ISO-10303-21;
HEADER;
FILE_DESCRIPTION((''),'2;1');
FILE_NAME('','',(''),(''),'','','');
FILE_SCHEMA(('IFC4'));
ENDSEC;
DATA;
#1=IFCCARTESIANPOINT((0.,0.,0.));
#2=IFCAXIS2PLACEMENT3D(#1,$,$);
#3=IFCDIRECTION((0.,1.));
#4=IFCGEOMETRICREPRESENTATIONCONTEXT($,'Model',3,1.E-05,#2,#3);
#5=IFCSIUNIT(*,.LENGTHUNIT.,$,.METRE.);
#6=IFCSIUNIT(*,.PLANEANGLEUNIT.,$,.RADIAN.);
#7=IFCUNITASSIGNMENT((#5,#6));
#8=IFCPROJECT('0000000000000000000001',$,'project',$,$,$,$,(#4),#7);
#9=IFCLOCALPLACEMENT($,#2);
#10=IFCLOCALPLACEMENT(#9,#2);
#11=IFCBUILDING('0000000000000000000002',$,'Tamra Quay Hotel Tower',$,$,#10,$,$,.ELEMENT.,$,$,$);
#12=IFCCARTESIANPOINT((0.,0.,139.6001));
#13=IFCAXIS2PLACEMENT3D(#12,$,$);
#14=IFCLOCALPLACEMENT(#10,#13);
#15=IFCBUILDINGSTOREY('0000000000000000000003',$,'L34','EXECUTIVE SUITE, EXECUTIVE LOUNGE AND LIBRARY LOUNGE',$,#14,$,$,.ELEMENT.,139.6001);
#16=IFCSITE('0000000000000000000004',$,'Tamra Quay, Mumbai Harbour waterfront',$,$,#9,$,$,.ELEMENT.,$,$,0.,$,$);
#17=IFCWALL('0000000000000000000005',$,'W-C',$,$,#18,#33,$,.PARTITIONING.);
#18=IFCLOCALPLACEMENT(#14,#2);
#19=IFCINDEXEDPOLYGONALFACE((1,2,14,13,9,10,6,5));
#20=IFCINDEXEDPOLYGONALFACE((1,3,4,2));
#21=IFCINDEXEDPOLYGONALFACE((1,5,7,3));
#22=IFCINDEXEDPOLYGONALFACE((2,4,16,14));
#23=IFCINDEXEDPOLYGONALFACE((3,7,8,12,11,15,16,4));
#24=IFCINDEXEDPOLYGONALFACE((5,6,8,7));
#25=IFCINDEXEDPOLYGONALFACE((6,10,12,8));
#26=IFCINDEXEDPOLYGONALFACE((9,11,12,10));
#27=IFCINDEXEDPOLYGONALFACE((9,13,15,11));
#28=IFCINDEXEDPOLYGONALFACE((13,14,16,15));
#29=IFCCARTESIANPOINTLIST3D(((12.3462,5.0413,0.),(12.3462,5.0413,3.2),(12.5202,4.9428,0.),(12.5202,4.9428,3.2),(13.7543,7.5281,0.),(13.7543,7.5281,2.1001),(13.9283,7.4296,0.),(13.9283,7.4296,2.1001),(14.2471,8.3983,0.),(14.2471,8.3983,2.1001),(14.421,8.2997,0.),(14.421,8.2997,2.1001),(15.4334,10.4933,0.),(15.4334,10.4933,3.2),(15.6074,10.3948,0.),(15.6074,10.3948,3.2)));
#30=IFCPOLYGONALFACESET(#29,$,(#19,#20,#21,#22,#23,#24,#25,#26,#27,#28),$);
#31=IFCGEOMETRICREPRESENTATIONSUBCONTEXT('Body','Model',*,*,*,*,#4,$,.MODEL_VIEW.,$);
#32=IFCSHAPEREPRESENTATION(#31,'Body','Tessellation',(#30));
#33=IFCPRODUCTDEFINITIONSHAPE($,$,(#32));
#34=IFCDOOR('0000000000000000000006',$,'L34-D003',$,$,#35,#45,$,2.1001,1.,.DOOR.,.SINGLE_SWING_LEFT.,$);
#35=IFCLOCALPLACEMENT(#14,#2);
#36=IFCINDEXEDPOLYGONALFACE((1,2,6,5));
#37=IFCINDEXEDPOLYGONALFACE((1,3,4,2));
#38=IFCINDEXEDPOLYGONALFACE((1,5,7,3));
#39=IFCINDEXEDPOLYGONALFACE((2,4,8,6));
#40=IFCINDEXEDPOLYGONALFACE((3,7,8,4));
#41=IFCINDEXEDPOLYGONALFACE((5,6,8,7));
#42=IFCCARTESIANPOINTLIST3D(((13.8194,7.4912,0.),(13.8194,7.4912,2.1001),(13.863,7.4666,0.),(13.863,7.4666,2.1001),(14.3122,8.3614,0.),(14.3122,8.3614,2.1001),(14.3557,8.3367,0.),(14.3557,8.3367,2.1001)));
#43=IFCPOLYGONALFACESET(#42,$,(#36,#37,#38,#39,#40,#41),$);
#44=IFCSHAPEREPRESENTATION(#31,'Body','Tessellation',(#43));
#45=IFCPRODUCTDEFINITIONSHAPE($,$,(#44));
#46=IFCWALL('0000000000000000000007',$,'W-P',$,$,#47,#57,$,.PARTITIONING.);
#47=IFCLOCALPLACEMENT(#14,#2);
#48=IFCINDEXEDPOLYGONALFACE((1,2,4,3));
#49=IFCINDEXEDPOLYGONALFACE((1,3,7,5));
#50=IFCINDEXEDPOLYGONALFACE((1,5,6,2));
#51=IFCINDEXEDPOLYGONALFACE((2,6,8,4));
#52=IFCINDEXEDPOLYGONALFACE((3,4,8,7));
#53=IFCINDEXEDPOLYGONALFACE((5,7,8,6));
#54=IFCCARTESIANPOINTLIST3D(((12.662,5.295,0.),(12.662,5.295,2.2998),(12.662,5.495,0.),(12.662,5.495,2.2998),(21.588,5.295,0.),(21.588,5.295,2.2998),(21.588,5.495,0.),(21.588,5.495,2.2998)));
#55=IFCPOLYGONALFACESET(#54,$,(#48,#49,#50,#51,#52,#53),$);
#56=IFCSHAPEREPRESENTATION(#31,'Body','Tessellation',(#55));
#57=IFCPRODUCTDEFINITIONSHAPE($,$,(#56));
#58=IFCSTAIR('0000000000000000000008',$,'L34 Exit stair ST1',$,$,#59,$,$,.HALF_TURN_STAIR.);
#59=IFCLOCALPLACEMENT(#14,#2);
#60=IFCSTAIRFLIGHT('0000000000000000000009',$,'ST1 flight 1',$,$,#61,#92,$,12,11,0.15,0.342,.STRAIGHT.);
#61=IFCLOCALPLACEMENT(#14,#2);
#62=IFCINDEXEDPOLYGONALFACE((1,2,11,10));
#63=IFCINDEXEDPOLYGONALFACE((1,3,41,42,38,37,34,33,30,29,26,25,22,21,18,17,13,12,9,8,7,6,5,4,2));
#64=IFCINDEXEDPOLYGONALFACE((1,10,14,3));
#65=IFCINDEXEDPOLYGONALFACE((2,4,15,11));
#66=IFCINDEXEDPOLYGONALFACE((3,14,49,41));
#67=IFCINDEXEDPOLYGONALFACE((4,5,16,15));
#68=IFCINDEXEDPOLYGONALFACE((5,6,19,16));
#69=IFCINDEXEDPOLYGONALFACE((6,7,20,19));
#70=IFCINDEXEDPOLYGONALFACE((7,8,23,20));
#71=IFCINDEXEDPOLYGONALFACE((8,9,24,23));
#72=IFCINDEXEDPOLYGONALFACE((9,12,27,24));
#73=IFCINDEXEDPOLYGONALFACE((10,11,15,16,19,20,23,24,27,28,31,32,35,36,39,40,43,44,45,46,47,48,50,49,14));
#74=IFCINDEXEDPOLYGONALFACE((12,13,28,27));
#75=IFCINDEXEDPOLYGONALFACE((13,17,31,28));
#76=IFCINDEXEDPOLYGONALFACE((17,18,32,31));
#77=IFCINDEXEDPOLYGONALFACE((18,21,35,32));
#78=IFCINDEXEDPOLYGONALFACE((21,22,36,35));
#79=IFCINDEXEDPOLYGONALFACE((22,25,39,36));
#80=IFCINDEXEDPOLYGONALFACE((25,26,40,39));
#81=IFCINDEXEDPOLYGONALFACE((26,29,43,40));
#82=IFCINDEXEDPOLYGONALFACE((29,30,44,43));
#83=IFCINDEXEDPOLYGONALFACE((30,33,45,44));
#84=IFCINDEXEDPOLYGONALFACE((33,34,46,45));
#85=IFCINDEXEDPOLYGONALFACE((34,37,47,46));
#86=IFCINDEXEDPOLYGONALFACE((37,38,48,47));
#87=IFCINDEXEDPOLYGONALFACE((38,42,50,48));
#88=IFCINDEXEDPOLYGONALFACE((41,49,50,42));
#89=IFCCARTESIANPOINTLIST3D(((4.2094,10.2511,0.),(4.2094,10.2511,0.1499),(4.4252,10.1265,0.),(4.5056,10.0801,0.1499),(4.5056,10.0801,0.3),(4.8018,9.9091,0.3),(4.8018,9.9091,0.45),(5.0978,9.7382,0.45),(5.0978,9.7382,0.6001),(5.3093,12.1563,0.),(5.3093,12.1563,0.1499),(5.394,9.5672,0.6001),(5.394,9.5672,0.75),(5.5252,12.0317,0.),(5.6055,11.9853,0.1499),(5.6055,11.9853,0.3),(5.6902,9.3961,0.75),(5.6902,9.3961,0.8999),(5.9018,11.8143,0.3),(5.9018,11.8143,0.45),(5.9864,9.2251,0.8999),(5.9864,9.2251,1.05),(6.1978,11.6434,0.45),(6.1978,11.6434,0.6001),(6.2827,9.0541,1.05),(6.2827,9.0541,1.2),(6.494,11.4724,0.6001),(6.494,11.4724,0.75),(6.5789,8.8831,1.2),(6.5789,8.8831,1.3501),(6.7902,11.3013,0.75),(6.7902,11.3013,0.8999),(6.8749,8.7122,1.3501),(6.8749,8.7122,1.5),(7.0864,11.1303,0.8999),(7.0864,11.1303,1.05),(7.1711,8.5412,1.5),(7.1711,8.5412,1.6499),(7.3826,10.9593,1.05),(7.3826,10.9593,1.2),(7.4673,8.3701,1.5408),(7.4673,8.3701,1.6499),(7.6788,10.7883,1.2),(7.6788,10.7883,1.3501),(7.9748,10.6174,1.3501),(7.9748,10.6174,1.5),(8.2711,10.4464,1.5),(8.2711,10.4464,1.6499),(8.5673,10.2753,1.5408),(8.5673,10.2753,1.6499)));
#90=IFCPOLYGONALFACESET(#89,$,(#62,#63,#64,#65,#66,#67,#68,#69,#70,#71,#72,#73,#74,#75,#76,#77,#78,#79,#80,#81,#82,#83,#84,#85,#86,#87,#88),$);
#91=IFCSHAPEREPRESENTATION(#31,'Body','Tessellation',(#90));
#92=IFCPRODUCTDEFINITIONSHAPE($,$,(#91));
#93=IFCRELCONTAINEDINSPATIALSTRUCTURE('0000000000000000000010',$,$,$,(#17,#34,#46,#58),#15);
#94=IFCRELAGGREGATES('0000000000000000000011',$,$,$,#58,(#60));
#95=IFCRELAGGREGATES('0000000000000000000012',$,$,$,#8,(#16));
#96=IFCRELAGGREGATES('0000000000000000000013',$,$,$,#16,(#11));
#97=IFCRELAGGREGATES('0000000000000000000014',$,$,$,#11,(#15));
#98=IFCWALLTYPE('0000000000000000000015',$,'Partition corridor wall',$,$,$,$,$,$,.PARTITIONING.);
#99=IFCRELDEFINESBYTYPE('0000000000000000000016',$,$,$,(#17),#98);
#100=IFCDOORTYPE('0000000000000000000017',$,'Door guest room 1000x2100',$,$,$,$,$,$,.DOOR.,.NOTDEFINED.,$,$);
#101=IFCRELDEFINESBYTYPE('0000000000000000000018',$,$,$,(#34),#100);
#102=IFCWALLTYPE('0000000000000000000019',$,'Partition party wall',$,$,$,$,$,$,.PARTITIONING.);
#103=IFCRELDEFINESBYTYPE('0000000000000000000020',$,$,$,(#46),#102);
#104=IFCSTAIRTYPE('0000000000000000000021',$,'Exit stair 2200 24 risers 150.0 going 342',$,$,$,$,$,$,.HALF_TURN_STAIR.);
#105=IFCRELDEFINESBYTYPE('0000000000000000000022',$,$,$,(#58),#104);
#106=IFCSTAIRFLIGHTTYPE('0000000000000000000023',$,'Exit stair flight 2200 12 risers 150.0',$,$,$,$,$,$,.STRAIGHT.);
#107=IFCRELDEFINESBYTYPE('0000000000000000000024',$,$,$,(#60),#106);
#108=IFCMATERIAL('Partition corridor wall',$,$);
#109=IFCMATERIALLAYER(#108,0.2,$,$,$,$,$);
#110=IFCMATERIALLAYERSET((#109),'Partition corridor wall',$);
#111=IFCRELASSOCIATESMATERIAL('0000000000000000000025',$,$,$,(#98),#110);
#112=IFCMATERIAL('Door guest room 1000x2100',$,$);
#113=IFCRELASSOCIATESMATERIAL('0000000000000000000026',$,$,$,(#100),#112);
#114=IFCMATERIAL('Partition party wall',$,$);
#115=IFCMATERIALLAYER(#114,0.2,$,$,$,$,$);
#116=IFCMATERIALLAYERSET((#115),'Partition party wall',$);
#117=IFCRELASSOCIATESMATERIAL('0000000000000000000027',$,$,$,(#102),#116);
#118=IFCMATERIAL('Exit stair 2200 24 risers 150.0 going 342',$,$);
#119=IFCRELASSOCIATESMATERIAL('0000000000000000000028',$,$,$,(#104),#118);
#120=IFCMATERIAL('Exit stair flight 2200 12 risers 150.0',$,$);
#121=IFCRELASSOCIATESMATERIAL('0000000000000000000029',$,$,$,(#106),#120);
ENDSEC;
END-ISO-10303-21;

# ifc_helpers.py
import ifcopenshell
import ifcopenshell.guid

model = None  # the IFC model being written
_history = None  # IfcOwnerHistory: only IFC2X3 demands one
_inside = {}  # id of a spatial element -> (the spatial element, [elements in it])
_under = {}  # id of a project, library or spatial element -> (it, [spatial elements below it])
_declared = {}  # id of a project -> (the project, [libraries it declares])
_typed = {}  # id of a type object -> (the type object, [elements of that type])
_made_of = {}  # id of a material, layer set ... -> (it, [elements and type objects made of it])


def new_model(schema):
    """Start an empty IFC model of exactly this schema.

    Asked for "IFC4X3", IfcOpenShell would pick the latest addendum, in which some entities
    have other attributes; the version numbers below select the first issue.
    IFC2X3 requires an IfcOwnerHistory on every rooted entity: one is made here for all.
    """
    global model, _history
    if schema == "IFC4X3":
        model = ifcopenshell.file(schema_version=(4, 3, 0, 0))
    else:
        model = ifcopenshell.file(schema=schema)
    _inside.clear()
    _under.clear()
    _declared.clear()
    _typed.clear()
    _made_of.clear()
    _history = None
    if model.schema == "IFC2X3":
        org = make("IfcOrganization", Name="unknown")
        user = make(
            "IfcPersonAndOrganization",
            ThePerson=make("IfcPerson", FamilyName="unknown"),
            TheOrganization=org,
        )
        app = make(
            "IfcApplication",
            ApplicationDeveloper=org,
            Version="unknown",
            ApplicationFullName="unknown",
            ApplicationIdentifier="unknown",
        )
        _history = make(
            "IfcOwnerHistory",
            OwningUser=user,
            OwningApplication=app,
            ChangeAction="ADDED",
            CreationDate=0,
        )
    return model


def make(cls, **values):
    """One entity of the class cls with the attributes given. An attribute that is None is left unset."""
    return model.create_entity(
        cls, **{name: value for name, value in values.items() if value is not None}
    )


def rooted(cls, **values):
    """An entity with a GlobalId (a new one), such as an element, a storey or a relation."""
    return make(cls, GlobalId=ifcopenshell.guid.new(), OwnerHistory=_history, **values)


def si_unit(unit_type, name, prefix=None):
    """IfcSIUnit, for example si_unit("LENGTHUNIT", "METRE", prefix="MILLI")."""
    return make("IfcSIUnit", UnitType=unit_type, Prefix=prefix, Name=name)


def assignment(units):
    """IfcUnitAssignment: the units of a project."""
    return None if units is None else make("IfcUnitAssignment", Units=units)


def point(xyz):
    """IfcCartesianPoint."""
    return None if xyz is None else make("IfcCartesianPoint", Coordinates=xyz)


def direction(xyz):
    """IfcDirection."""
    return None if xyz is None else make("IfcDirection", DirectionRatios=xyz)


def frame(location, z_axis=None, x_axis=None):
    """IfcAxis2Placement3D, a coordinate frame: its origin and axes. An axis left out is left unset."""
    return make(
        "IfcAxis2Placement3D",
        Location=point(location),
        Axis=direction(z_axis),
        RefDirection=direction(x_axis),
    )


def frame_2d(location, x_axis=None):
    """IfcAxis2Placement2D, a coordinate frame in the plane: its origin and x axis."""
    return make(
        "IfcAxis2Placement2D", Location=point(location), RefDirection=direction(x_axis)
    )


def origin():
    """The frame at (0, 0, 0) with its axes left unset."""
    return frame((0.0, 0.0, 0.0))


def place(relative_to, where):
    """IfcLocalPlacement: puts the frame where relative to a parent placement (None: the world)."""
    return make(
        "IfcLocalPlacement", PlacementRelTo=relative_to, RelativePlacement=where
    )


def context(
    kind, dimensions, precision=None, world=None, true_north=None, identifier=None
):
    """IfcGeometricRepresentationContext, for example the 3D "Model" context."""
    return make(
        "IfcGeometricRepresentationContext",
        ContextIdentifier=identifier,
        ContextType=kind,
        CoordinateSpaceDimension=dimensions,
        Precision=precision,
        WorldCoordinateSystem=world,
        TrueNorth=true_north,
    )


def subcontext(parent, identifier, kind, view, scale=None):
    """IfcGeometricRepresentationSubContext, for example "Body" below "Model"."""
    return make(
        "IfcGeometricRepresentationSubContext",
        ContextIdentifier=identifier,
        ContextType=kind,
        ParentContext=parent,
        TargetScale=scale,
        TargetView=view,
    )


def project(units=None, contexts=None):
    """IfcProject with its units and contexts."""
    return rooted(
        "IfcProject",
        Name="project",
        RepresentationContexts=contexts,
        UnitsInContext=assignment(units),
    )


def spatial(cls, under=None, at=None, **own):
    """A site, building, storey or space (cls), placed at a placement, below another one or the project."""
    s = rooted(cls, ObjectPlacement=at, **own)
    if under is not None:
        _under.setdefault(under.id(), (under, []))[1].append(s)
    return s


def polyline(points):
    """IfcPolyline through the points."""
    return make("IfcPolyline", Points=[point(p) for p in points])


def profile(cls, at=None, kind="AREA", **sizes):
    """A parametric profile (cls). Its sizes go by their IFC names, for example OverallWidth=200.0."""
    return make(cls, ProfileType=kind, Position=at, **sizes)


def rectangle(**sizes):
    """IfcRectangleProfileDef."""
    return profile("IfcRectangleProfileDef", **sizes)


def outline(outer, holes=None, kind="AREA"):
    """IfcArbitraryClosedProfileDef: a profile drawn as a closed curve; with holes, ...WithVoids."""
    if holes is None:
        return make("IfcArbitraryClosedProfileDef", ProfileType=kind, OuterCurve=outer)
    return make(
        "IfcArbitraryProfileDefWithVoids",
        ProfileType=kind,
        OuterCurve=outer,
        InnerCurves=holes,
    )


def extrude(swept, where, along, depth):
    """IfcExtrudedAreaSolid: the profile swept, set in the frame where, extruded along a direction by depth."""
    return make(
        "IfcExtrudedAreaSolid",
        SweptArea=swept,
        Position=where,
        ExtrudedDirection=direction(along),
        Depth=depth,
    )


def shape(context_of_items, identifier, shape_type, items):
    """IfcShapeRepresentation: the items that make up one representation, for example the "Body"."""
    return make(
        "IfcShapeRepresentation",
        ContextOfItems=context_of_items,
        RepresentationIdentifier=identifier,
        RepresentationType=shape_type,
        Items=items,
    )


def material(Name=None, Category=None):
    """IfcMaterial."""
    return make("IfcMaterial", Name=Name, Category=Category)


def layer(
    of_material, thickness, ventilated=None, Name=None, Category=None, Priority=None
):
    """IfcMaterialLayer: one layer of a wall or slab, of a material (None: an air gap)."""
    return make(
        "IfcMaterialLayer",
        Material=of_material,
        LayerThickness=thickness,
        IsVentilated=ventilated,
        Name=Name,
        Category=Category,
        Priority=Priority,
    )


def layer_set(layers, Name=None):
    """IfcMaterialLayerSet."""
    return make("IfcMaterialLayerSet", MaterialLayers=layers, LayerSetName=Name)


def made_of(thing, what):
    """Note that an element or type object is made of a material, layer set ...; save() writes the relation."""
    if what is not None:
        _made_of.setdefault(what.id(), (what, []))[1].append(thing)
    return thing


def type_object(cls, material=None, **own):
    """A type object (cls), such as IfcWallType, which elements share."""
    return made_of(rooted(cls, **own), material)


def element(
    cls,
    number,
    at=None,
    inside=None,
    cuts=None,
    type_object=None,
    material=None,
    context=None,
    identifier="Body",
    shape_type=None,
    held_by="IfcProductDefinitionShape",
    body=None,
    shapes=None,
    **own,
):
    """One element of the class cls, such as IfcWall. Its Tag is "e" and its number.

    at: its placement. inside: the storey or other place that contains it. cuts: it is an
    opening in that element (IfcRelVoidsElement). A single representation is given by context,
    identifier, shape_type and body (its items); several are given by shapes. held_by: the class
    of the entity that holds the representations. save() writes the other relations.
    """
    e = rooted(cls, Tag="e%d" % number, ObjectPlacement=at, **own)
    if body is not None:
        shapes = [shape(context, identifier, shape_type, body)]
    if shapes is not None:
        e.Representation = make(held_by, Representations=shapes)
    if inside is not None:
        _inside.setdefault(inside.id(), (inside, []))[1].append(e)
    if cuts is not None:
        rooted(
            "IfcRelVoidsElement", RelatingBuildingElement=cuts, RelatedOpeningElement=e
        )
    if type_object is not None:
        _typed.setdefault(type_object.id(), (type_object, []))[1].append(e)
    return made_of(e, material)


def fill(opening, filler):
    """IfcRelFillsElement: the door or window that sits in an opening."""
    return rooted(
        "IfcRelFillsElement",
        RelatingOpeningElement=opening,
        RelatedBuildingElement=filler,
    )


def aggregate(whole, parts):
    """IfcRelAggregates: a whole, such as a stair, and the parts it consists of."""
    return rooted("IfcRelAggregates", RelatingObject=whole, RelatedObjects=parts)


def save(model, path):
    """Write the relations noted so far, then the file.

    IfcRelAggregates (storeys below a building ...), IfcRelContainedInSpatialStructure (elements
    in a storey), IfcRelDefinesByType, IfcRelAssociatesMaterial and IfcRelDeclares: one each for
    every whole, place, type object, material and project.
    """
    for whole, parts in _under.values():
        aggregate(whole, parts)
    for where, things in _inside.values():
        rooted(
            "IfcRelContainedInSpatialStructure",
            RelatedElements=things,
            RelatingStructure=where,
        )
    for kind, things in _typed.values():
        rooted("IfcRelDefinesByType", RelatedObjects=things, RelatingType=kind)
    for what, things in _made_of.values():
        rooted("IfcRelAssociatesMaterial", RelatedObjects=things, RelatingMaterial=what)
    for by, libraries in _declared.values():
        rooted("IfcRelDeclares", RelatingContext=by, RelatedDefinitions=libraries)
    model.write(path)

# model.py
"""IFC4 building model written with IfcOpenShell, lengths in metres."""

from ifc_helpers import new_model, si_unit, direction, frame, frame_2d, origin, place, context, subcontext, project, spatial, polyline, rectangle, outline, extrude, material, layer, layer_set, type_object, element, fill, aggregate, save


model = new_model("IFC4")

# Units and contexts
model_context = context("Model", 3, precision=1e-05, world=origin(), true_north=direction((0.0, 1.0)))
body_context = subcontext(model_context, "Body", "Model", "MODEL_VIEW")
ifc_project = project(units=[si_unit("LENGTHUNIT", "METRE"), si_unit("PLANEANGLEUNIT", "RADIAN")], contexts=[model_context])

# Site, building, storey
site_placement = place(None, origin())
site = spatial("IfcSite", under=ifc_project, at=site_placement, Name="Tamra Quay, Mumbai Harbour waterfront", CompositionType="ELEMENT", RefElevation=0.0)
building_placement = place(site_placement, origin())
building = spatial("IfcBuilding", under=site, at=building_placement, Name="Tamra Quay Hotel Tower", CompositionType="ELEMENT")
storey_placement = place(building_placement, frame((0.0, 0.0, 139.6001)))
storey = spatial("IfcBuildingStorey", under=building, at=storey_placement, Name="L34", Description="EXECUTIVE SUITE, EXECUTIVE LOUNGE AND LIBRARY LOUNGE", CompositionType="ELEMENT", Elevation=139.6001)

# Shared definitions
ifc_material_1 = material(Name="Partition corridor wall")
ifc_layer_1 = layer(ifc_material_1, 0.2)
ifc_layer_set_1 = layer_set([ifc_layer_1], Name="Partition corridor wall")
wall_type_1 = type_object("IfcWallType", Name="Partition corridor wall", PredefinedType="PARTITIONING", material=ifc_layer_set_1)

# Wall, opening, door
wall_1_placement = place(storey_placement, frame((12.4331, 4.9919, 0.0), z_axis=(0.0, 0.0, 1.0), x_axis=(0.49274, 0.870176, 0.0)))
wall_1 = element("IfcWall", 1, at=wall_1_placement, inside=storey, type_object=wall_type_1, Name="W-C", PredefinedType="PARTITIONING", context=body_context, shape_type="SweptSolid", body=[
    extrude(rectangle(XDim=6.2654, YDim=0.2, at=frame_2d((3.1328, 0.0))), origin(), (0.0, 0.0, 1.0), 3.2),
])
opening_1_placement = place(wall_1_placement, frame((2.8579, 0.0, 0.0)))
opening_1 = element("IfcOpeningElement", 2, at=opening_1_placement, cuts=wall_1, PredefinedType="OPENING", context=body_context, shape_type="SweptSolid", body=[
    extrude(rectangle(XDim=1.0, YDim=2.1001, at=frame_2d((0.5, 1.05))), frame((0.0, 0.1099, 0.0), z_axis=(0.0, -1.0, 0.0), x_axis=(1.0, 0.0, 0.0)), (0.0, 0.0, 1.0), 0.22),
])
ifc_material_2 = material(Name="Door guest room 1000x2100")
door_type_1 = type_object("IfcDoorType", Name="Door guest room 1000x2100", OperationType="NOTDEFINED", PredefinedType="DOOR", material=ifc_material_2)
door_1_placement = place(opening_1_placement, frame((1.0, 0.0, 0.0), z_axis=(0.0, 0.0, 1.0), x_axis=(-1.0, 0.0, 0.0)))
door_1 = element("IfcDoor", 3, at=door_1_placement, inside=storey, type_object=door_type_1, Name="L34-D003", OperationType="SINGLE_SWING_LEFT", OverallHeight=2.1001, OverallWidth=1.0, PredefinedType="DOOR", context=body_context, shape_type="SweptSolid", body=[
    extrude(rectangle(XDim=1.0, YDim=2.1001, at=frame_2d((0.5, 1.05))), frame((0.0, 0.0249, 0.0), z_axis=(0.0, -1.0, 0.0), x_axis=(1.0, 0.0, 0.0)), (0.0, 0.0, 1.0), 0.05),
])
fill(opening_1, door_1)

# Wall
ifc_material_3 = material(Name="Partition party wall")
ifc_layer_2 = layer(ifc_material_3, 0.2)
ifc_layer_set_2 = layer_set([ifc_layer_2], Name="Partition party wall")
wall_type_2 = type_object("IfcWallType", Name="Partition party wall", PredefinedType="PARTITIONING", material=ifc_layer_set_2)
wall_2_placement = place(storey_placement, frame((12.6621, 5.395, 0.0), z_axis=(0.0, 0.0, 1.0), x_axis=(1.0, 0.0, 0.0)))
element("IfcWall", 4, at=wall_2_placement, inside=storey, type_object=wall_type_2, Name="W-P", PredefinedType="PARTITIONING", context=body_context, shape_type="SweptSolid", body=[
    extrude(rectangle(XDim=8.926, YDim=0.2, at=frame_2d((4.4629, 0.0))), origin(), (0.0, 0.0, 1.0), 2.2998),
])

# Stair, stair flight
ifc_material_4 = material(Name="Exit stair 2200 24 risers 150.0 going 342")
stair_type = type_object("IfcStairType", Name="Exit stair 2200 24 risers 150.0 going 342", PredefinedType="HALF_TURN_STAIR", material=ifc_material_4)
stair_placement = place(storey_placement, origin())
stair = element("IfcStair", 5, at=stair_placement, inside=storey, type_object=stair_type, Name="L34 Exit stair ST1", PredefinedType="HALF_TURN_STAIR")
ifc_material_5 = material(Name="Exit stair flight 2200 12 risers 150.0")
stair_flight_type = type_object("IfcStairFlightType", Name="Exit stair flight 2200 12 risers 150.0", PredefinedType="STRAIGHT", material=ifc_material_5)
stair_flight_placement = place(storey_placement, frame((4.7593, 11.2036, 0.0), z_axis=(0.0, 0.0, 1.0), x_axis=(0.866025, -0.5, 0.0)))
stair_flight = element("IfcStairFlight", 6, at=stair_flight_placement, type_object=stair_flight_type, Name="ST1 flight 1", NumberOfRisers=12, NumberOfTreads=11, PredefinedType="STRAIGHT", RiserHeight=0.15, TreadLength=0.342, context=body_context, shape_type="SweptSolid", body=[
    extrude(outline(polyline([(0.0, 0.0), (0.0, 0.1499), (0.342, 0.1499), (0.342, 0.3), (0.6841, 0.3), (0.6841, 0.45), (1.0259, 0.45), (1.0259, 0.6001), (1.3679, 0.6001), (1.3679, 0.75), (1.71, 0.75), (1.71, 0.8999), (2.052, 0.8999), (2.052, 1.05), (2.394, 1.05), (2.394, 1.2), (2.7361, 1.2), (2.7361, 1.3501), (3.0779, 1.3501), (3.0779, 1.5), (3.4199, 1.5), (3.4199, 1.6499), (3.762, 1.6499), (3.762, 1.8), (3.762, 1.5408), (0.2493, 0.0), (0.0, 0.0)])), frame((0.0, 1.1001, 0.0), z_axis=(0.0, -1.0, 0.0), x_axis=(1.0, 0.0, 0.0)), (0.0, 0.0, 1.0), 2.2),
])
aggregate(stair, [stair_flight])

save(model, "model.ifc")
